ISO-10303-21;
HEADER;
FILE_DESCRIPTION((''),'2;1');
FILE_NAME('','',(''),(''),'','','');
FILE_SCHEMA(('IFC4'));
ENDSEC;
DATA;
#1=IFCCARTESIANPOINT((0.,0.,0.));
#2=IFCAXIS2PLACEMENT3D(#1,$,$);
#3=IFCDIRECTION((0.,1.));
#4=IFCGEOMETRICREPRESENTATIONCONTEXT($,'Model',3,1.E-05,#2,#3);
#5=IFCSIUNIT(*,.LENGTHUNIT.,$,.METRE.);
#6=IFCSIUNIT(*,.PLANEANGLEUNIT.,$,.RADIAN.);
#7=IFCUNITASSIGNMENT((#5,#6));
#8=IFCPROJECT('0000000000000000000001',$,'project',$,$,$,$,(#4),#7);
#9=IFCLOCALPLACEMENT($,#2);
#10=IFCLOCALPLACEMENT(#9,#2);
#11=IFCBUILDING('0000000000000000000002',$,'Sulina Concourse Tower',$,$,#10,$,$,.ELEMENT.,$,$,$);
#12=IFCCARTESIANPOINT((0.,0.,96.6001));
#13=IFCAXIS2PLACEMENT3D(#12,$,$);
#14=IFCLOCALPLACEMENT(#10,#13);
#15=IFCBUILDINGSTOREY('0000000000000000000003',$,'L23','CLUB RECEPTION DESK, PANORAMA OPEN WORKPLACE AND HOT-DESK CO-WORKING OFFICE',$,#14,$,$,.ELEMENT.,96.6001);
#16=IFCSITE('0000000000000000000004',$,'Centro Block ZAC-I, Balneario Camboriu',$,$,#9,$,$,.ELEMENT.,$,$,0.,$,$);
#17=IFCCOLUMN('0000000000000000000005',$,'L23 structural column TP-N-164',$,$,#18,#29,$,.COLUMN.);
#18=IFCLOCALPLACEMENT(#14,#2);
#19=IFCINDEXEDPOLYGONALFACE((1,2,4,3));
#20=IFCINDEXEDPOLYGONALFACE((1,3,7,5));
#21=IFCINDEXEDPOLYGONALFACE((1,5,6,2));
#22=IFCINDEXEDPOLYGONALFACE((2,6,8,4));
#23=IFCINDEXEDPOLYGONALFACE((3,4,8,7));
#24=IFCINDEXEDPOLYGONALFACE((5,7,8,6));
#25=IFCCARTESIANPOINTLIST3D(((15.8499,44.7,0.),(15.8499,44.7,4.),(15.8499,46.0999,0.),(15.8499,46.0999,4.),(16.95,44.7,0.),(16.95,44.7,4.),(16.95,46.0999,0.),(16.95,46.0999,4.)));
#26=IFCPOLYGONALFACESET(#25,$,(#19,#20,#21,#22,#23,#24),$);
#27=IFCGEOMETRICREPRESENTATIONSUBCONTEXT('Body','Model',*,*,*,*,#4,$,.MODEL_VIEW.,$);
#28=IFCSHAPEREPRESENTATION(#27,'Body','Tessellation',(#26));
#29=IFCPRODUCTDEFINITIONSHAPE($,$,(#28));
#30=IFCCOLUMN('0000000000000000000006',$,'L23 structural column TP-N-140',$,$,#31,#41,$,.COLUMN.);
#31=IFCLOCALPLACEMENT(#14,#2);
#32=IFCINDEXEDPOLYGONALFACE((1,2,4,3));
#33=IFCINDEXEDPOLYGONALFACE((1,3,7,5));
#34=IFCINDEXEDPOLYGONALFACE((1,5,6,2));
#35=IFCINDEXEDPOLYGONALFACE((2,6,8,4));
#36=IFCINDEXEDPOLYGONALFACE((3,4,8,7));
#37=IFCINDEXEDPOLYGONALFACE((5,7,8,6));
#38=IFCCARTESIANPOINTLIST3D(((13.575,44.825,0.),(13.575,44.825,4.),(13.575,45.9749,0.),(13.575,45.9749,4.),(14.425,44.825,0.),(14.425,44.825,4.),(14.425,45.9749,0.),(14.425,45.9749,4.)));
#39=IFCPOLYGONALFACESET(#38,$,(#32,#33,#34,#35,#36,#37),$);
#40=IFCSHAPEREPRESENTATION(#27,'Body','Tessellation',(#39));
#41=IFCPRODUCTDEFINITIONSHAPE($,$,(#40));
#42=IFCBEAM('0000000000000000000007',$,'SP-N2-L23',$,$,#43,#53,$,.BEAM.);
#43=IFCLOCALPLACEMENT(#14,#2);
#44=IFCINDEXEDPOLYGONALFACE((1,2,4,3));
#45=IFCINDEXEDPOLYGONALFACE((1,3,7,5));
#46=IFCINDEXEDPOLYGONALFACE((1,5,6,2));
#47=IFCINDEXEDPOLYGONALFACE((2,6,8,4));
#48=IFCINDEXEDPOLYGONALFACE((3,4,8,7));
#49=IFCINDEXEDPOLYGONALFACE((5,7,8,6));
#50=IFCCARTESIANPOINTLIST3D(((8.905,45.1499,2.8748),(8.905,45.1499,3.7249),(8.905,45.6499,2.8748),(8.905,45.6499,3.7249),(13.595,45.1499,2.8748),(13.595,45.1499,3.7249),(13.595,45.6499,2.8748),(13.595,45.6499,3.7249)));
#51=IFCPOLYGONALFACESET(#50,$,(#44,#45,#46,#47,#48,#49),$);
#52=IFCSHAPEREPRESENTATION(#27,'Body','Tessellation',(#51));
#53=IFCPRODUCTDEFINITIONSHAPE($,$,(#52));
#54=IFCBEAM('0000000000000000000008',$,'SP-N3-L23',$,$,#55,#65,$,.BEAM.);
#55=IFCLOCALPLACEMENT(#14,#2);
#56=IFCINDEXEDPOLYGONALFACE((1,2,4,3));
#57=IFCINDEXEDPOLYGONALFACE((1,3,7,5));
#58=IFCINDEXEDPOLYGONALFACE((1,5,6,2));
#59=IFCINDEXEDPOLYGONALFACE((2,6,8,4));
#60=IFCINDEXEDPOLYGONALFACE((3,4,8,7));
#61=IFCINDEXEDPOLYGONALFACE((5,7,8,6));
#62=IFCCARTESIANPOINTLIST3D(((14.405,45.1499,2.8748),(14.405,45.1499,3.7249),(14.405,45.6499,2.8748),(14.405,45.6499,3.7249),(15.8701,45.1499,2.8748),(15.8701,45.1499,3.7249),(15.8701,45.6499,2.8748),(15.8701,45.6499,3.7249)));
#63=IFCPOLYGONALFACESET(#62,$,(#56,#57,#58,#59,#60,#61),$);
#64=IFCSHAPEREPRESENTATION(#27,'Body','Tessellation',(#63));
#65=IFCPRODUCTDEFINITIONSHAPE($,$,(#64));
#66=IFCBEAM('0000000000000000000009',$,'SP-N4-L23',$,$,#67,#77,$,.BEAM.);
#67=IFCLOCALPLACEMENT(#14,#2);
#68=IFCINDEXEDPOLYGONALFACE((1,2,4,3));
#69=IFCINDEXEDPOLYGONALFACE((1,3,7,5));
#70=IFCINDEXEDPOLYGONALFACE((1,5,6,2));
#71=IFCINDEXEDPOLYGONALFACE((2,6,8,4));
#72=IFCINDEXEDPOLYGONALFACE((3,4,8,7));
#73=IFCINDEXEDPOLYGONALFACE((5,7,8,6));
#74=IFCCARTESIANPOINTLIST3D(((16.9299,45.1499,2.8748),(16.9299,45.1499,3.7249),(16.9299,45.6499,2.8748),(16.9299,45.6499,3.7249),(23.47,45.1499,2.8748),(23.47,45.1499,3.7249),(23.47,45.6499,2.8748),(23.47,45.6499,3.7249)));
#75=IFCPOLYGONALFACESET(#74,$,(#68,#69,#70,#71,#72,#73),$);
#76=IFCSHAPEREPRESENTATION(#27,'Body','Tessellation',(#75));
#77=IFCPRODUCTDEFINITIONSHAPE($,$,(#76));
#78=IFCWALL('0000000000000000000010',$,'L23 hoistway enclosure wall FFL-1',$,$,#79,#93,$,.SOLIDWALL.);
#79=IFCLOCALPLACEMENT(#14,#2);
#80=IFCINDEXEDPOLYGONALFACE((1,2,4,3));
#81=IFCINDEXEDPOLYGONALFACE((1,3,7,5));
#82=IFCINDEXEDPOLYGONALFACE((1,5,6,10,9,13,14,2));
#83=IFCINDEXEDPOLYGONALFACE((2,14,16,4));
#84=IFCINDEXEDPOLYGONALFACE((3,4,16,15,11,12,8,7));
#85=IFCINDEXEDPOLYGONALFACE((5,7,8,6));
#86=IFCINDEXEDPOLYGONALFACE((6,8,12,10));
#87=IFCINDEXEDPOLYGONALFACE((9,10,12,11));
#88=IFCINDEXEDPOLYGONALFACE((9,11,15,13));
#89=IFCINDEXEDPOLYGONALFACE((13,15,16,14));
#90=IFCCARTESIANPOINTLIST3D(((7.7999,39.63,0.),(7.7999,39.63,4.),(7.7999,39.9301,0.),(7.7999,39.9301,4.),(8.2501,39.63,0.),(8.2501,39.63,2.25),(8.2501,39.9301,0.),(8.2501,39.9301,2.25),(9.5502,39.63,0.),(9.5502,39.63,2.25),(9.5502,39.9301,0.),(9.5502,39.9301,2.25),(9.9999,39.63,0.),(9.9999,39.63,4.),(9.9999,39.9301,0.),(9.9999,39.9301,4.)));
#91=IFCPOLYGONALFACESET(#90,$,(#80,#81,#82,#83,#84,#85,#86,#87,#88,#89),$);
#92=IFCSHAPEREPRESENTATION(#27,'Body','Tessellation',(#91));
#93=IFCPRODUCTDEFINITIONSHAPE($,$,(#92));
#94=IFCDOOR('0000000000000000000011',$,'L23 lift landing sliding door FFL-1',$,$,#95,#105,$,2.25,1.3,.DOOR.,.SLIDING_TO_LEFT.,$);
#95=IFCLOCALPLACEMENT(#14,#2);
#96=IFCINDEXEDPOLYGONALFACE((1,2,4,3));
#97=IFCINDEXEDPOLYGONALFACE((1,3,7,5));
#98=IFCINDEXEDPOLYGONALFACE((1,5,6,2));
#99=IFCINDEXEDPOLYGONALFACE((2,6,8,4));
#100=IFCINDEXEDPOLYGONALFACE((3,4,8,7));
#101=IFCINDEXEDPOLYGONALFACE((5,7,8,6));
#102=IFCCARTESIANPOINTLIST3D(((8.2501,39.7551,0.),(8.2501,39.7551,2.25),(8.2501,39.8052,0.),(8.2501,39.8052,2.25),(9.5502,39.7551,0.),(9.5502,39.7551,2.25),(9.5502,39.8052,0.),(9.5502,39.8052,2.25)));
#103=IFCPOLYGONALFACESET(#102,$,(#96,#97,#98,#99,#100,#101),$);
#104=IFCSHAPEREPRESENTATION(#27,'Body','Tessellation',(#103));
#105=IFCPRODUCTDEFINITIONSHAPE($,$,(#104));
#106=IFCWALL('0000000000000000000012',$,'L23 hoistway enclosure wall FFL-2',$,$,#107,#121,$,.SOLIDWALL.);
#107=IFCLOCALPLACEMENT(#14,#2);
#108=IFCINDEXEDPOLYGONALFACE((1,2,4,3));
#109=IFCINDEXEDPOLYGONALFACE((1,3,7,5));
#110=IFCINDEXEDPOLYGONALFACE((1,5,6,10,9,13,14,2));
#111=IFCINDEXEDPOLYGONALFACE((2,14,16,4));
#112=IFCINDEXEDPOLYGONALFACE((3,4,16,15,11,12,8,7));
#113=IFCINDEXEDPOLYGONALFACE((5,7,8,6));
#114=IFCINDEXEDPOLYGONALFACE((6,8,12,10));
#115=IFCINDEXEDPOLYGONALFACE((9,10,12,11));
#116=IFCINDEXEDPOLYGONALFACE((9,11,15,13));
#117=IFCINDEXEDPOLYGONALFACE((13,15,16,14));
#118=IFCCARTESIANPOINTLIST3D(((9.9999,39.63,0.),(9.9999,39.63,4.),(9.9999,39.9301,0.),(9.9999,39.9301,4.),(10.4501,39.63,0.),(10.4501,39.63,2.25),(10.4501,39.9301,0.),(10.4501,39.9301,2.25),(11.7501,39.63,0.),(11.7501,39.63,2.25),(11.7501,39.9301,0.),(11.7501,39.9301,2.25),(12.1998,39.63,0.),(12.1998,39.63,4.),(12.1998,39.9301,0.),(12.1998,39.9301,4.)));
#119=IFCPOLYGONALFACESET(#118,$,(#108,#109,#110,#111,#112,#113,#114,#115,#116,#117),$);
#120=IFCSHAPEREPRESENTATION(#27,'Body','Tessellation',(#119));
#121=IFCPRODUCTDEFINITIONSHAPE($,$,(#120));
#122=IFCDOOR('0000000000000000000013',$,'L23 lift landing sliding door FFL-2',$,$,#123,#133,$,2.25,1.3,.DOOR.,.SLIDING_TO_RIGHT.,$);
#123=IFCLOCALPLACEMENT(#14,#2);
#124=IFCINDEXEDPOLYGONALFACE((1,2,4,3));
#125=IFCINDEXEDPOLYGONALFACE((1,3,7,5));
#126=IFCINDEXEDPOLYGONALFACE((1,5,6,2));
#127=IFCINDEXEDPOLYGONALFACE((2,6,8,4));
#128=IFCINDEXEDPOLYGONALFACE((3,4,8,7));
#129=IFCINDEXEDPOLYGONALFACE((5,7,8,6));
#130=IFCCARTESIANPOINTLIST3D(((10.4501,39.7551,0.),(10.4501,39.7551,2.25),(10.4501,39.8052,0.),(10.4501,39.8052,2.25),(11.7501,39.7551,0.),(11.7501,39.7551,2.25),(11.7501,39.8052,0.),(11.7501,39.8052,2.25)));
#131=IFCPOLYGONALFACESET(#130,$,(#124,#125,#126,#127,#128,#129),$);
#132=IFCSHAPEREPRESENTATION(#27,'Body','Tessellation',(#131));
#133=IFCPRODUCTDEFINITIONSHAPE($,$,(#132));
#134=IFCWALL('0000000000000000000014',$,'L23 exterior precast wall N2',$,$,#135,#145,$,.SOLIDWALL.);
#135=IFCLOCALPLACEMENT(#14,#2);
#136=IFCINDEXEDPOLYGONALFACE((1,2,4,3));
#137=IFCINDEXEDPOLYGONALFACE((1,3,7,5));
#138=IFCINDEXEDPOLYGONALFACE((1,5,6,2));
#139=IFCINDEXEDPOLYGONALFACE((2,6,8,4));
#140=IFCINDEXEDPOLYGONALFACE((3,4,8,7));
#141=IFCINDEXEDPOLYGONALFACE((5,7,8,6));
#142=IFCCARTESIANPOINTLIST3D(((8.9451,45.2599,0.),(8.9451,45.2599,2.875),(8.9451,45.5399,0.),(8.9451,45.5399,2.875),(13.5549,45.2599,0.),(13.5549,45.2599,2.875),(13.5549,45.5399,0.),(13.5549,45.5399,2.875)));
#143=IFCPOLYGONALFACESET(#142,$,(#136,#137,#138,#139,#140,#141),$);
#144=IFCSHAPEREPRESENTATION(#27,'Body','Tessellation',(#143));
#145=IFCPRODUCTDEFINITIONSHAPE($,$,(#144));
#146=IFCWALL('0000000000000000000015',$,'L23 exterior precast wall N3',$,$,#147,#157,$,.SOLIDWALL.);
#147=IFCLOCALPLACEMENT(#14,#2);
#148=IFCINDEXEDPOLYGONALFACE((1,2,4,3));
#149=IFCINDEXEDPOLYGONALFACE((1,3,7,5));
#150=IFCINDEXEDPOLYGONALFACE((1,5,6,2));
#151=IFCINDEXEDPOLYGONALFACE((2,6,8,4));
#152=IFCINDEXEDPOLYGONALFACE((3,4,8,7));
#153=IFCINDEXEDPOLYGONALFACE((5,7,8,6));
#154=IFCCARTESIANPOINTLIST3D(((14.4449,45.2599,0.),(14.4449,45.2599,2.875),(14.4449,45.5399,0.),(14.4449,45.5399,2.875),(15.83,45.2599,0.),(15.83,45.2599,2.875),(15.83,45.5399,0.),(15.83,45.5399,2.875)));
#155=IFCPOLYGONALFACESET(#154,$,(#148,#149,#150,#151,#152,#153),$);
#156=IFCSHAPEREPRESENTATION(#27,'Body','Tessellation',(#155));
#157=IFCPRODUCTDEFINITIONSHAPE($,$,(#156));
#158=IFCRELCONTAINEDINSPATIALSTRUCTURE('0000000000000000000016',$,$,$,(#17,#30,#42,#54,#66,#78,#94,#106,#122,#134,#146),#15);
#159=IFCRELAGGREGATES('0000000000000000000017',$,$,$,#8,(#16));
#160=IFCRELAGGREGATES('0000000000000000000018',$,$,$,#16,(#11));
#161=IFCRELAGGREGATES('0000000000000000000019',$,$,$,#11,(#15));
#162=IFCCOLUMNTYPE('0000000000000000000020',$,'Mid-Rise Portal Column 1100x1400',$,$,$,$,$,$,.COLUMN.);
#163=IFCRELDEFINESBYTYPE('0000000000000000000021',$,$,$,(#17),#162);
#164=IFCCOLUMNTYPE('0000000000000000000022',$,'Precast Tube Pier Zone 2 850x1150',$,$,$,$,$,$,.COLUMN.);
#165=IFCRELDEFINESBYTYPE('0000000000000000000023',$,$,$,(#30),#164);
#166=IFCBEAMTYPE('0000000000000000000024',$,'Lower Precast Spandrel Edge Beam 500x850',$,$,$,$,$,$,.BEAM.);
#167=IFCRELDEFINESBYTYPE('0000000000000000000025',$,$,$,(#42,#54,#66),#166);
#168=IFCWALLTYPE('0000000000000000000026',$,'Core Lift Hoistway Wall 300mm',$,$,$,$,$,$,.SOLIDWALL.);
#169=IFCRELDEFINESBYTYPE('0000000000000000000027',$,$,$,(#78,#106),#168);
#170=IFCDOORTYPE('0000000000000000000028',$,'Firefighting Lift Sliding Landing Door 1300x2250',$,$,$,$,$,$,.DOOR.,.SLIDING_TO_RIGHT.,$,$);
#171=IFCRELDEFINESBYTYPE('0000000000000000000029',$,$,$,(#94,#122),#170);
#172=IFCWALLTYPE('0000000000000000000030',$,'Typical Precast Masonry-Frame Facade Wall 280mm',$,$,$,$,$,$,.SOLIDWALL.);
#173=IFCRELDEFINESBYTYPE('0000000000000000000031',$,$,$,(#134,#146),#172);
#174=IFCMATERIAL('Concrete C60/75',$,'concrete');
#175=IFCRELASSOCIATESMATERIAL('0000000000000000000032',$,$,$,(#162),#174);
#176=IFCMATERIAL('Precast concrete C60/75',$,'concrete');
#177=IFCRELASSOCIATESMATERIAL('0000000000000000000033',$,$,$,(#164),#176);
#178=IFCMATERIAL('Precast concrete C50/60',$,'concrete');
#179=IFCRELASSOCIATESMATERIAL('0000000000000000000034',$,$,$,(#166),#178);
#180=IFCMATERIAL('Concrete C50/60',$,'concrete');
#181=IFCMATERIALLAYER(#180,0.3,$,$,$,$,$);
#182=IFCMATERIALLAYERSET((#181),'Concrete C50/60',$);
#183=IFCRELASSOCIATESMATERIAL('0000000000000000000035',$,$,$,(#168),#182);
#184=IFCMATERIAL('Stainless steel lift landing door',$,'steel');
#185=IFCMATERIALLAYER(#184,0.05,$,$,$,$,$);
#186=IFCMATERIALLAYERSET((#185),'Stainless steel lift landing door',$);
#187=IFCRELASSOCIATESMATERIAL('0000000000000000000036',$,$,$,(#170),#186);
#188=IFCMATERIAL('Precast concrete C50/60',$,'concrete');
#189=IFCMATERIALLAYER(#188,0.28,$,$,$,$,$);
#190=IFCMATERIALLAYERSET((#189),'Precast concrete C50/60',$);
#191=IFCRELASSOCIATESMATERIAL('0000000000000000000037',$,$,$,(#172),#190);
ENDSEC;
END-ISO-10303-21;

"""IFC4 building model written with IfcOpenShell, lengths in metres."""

from ifc_helpers import new_model, si_unit, direction, frame, frame_2d, origin, origin_2d, place, context, subcontext, project, spatial, rectangle, extrude, material, layer, layer_set, material_profile, profile_set, type_object, element, fill, save


model = new_model("IFC4")

# Units and contexts
model_context = context("Model", 3, precision=1e-05, world=origin(), true_north=direction((0.0, 1.0)))
body_context = subcontext(model_context, "Body", "Model", "MODEL_VIEW")
ifc_project = project(units=[si_unit("LENGTHUNIT", "METRE"), si_unit("PLANEANGLEUNIT", "RADIAN")], contexts=[model_context])

# Site, building, storey
site_placement = place(None, origin())
site = spatial("IfcSite", under=ifc_project, at=site_placement, Name="Centro Block ZAC-I, Balneario Camboriu", CompositionType="ELEMENT", RefElevation=0.0)
building_placement = place(site_placement, origin())
building = spatial("IfcBuilding", under=site, at=building_placement, Name="Sulina Concourse Tower", CompositionType="ELEMENT")
storey_placement = place(building_placement, frame((0.0, 0.0, 96.6001)))
storey = spatial("IfcBuildingStorey", under=building, at=storey_placement, Name="L23", Description="CLUB RECEPTION DESK, PANORAMA OPEN WORKPLACE AND HOT-DESK CO-WORKING OFFICE", CompositionType="ELEMENT", Elevation=96.6001)

# Columns
ifc_material_1 = material(Name="Concrete C60/75", Category="concrete")
ifc_material_profile_1 = material_profile(ifc_material_1, rectangle(XDim=1.1001, YDim=1.3999, at=origin_2d()), Name="RC 1100x1400")
ifc_profile_set_1 = profile_set([ifc_material_profile_1], Name="Concrete C60/75")
column_type_1 = type_object("IfcColumnType", Name="Mid-Rise Portal Column 1100x1400", PredefinedType="COLUMN", material=ifc_profile_set_1)
column_1_placement = place(storey_placement, frame((16.3999, 45.3999, 0.0), z_axis=(0.0, 0.0, 1.0), x_axis=(1.0, 0.0, 0.0)))
element("IfcColumn", 1, at=column_1_placement, inside=storey, type_object=column_type_1, Name="L23 structural column TP-N-164", PredefinedType="COLUMN", context=body_context, shape_type="SweptSolid", body=[
    extrude(rectangle(XDim=1.1001, YDim=1.3999, at=origin_2d()), origin(), (0.0, 0.0, 1.0), 4.0),
])
ifc_material_2 = material(Name="Precast concrete C60/75", Category="concrete")
ifc_material_profile_2 = material_profile(ifc_material_2, rectangle(XDim=0.8501, YDim=1.1499, at=origin_2d()), Name="PC 850x1150")
ifc_profile_set_2 = profile_set([ifc_material_profile_2], Name="Precast concrete C60/75")
column_type_2 = type_object("IfcColumnType", Name="Precast Tube Pier Zone 2 850x1150", PredefinedType="COLUMN", material=ifc_profile_set_2)
column_2_placement = place(storey_placement, frame((14.0, 45.3999, 0.0), z_axis=(0.0, 0.0, 1.0), x_axis=(1.0, 0.0, 0.0)))
element("IfcColumn", 2, at=column_2_placement, inside=storey, type_object=column_type_2, Name="L23 structural column TP-N-140", PredefinedType="COLUMN", context=body_context, shape_type="SweptSolid", body=[
    extrude(rectangle(XDim=0.8501, YDim=1.1499, at=origin_2d()), origin(), (0.0, 0.0, 1.0), 4.0),
])

# Beams
ifc_material_3 = material(Name="Precast concrete C50/60", Category="concrete")
ifc_material_profile_3 = material_profile(ifc_material_3, rectangle(XDim=0.5, YDim=0.8501, at=origin_2d()), Name="RC 500x850")
ifc_profile_set_3 = profile_set([ifc_material_profile_3], Name="Precast concrete C50/60")
beam_type = type_object("IfcBeamType", Name="Lower Precast Spandrel Edge Beam 500x850", PredefinedType="BEAM", material=ifc_profile_set_3)
beam_1_placement = place(storey_placement, frame((8.905, 45.3999, 3.2998), z_axis=(1.0, 0.0, 0.0), x_axis=(0.0, 1.0, 0.0)))
element("IfcBeam", 3, at=beam_1_placement, inside=storey, type_object=beam_type, Name="SP-N2-L23", PredefinedType="BEAM", context=body_context, shape_type="SweptSolid", body=[
    extrude(rectangle(XDim=0.5, YDim=0.8501, at=origin_2d()), origin(), (0.0, 0.0, 1.0), 4.6899),
])
beam_2_placement = place(storey_placement, frame((14.405, 45.3999, 3.2998), z_axis=(1.0, 0.0, 0.0), x_axis=(0.0, 1.0, 0.0)))
element("IfcBeam", 4, at=beam_2_placement, inside=storey, type_object=beam_type, Name="SP-N3-L23", PredefinedType="BEAM", context=body_context, shape_type="SweptSolid", body=[
    extrude(rectangle(XDim=0.5, YDim=0.8501, at=origin_2d()), origin(), (0.0, 0.0, 1.0), 1.4651),
])
beam_3_placement = place(storey_placement, frame((16.9299, 45.3999, 3.2998), z_axis=(1.0, 0.0, 0.0), x_axis=(0.0, 1.0, 0.0)))
element("IfcBeam", 5, at=beam_3_placement, inside=storey, type_object=beam_type, Name="SP-N4-L23", PredefinedType="BEAM", context=body_context, shape_type="SweptSolid", body=[
    extrude(rectangle(XDim=0.5, YDim=0.8501, at=origin_2d()), origin(), (0.0, 0.0, 1.0), 6.54),
])

# Walls, openings, doors
ifc_material_4 = material(Name="Concrete C50/60", Category="concrete")
ifc_layer_1 = layer(ifc_material_4, 0.3)
ifc_layer_set_1 = layer_set([ifc_layer_1], Name="Concrete C50/60")
wall_type_1 = type_object("IfcWallType", Name="Core Lift Hoistway Wall 300mm", PredefinedType="SOLIDWALL", material=ifc_layer_set_1)
wall_1_placement = place(storey_placement, frame((10.0, 39.78, 0.0), z_axis=(0.0, 0.0, 1.0), x_axis=(-1.0, 0.0, 0.0)))
wall_1 = element("IfcWall", 6, at=wall_1_placement, inside=storey, type_object=wall_type_1, Name="L23 hoistway enclosure wall FFL-1", PredefinedType="SOLIDWALL", context=body_context, shape_type="SweptSolid", body=[
    extrude(rectangle(XDim=2.2, YDim=0.3, at=frame_2d((1.1001, 0.0))), origin(), (0.0, 0.0, 1.0), 4.0),
])
opening_1_placement = place(wall_1_placement, frame((0.45, 0.0, 0.0)))
opening_1 = element("IfcOpeningElement", 7, at=opening_1_placement, cuts=wall_1, PredefinedType="OPENING", context=body_context, shape_type="SweptSolid", body=[
    extrude(rectangle(XDim=1.3, YDim=2.25, at=frame_2d((0.6499, 1.125))), frame((0.0, 0.1599, 0.0), z_axis=(0.0, -1.0, 0.0), x_axis=(1.0, 0.0, 0.0)), (0.0, 0.0, 1.0), 0.3201),
])
ifc_material_5 = material(Name="Stainless steel lift landing door", Category="steel")
ifc_layer_2 = layer(ifc_material_5, 0.05)
ifc_layer_set_2 = layer_set([ifc_layer_2], Name="Stainless steel lift landing door")
door_type = type_object("IfcDoorType", Name="Firefighting Lift Sliding Landing Door 1300x2250", OperationType="SLIDING_TO_RIGHT", PredefinedType="DOOR", material=ifc_layer_set_2)
door_1_placement = place(opening_1_placement, origin())
door_1 = element("IfcDoor", 8, at=door_1_placement, inside=storey, type_object=door_type, Name="L23 lift landing sliding door FFL-1", OperationType="SLIDING_TO_LEFT", OverallHeight=2.25, OverallWidth=1.3, PredefinedType="DOOR", context=body_context, shape_type="SweptSolid", body=[
    extrude(rectangle(XDim=1.3, YDim=2.25, at=frame_2d((0.6499, 1.125))), frame((0.0, 0.0249, 0.0), z_axis=(0.0, -1.0, 0.0), x_axis=(1.0, 0.0, 0.0)), (0.0, 0.0, 1.0), 0.05),
])
fill(opening_1, door_1)
wall_2_placement = place(storey_placement, frame((12.2, 39.78, 0.0), z_axis=(0.0, 0.0, 1.0), x_axis=(-1.0, 0.0, 0.0)))
wall_2 = element("IfcWall", 9, at=wall_2_placement, inside=storey, type_object=wall_type_1, Name="L23 hoistway enclosure wall FFL-2", PredefinedType="SOLIDWALL", context=body_context, shape_type="SweptSolid", body=[
    extrude(rectangle(XDim=2.2, YDim=0.3, at=frame_2d((1.1001, 0.0))), origin(), (0.0, 0.0, 1.0), 4.0),
])
opening_2_placement = place(wall_2_placement, frame((0.45, 0.0, 0.0)))
opening_2 = element("IfcOpeningElement", 10, at=opening_2_placement, cuts=wall_2, PredefinedType="OPENING", context=body_context, shape_type="SweptSolid", body=[
    extrude(rectangle(XDim=1.3, YDim=2.25, at=frame_2d((0.6499, 1.125))), frame((0.0, 0.1599, 0.0), z_axis=(0.0, -1.0, 0.0), x_axis=(1.0, 0.0, 0.0)), (0.0, 0.0, 1.0), 0.3201),
])
door_2_placement = place(opening_2_placement, origin())
door_2 = element("IfcDoor", 11, at=door_2_placement, inside=storey, type_object=door_type, Name="L23 lift landing sliding door FFL-2", OperationType="SLIDING_TO_RIGHT", OverallHeight=2.25, OverallWidth=1.3, PredefinedType="DOOR", context=body_context, shape_type="SweptSolid", body=[
    extrude(rectangle(XDim=1.3, YDim=2.25, at=frame_2d((0.6499, 1.125))), frame((0.0, 0.0249, 0.0), z_axis=(0.0, -1.0, 0.0), x_axis=(1.0, 0.0, 0.0)), (0.0, 0.0, 1.0), 0.05),
])
fill(opening_2, door_2)

# Walls
ifc_material_6 = material(Name="Precast concrete C50/60", Category="concrete")
ifc_layer_3 = layer(ifc_material_6, 0.28)
ifc_layer_set_3 = layer_set([ifc_layer_3], Name="Precast concrete C50/60")
wall_type_2 = type_object("IfcWallType", Name="Typical Precast Masonry-Frame Facade Wall 280mm", PredefinedType="SOLIDWALL", material=ifc_layer_set_3)
wall_3_placement = place(storey_placement, frame((8.9451, 45.3999, 0.0), z_axis=(0.0, 0.0, 1.0), x_axis=(1.0, 0.0, 0.0)))
element("IfcWall", 12, at=wall_3_placement, inside=storey, type_object=wall_type_2, Name="L23 exterior precast wall N2", PredefinedType="SOLIDWALL", context=body_context, shape_type="SweptSolid", body=[
    extrude(rectangle(XDim=4.6099, YDim=0.28, at=frame_2d((2.3049, 0.0))), origin(), (0.0, 0.0, 1.0), 2.875),
])
wall_4_placement = place(storey_placement, frame((14.4451, 45.3999, 0.0), z_axis=(0.0, 0.0, 1.0), x_axis=(1.0, 0.0, 0.0)))
element("IfcWall", 13, at=wall_4_placement, inside=storey, type_object=wall_type_2, Name="L23 exterior precast wall N3", PredefinedType="SOLIDWALL", context=body_context, shape_type="SweptSolid", body=[
    extrude(rectangle(XDim=1.385, YDim=0.28, at=frame_2d((0.6924, 0.0))), origin(), (0.0, 0.0, 1.0), 2.875),
])

save(model, "model.ifc")
